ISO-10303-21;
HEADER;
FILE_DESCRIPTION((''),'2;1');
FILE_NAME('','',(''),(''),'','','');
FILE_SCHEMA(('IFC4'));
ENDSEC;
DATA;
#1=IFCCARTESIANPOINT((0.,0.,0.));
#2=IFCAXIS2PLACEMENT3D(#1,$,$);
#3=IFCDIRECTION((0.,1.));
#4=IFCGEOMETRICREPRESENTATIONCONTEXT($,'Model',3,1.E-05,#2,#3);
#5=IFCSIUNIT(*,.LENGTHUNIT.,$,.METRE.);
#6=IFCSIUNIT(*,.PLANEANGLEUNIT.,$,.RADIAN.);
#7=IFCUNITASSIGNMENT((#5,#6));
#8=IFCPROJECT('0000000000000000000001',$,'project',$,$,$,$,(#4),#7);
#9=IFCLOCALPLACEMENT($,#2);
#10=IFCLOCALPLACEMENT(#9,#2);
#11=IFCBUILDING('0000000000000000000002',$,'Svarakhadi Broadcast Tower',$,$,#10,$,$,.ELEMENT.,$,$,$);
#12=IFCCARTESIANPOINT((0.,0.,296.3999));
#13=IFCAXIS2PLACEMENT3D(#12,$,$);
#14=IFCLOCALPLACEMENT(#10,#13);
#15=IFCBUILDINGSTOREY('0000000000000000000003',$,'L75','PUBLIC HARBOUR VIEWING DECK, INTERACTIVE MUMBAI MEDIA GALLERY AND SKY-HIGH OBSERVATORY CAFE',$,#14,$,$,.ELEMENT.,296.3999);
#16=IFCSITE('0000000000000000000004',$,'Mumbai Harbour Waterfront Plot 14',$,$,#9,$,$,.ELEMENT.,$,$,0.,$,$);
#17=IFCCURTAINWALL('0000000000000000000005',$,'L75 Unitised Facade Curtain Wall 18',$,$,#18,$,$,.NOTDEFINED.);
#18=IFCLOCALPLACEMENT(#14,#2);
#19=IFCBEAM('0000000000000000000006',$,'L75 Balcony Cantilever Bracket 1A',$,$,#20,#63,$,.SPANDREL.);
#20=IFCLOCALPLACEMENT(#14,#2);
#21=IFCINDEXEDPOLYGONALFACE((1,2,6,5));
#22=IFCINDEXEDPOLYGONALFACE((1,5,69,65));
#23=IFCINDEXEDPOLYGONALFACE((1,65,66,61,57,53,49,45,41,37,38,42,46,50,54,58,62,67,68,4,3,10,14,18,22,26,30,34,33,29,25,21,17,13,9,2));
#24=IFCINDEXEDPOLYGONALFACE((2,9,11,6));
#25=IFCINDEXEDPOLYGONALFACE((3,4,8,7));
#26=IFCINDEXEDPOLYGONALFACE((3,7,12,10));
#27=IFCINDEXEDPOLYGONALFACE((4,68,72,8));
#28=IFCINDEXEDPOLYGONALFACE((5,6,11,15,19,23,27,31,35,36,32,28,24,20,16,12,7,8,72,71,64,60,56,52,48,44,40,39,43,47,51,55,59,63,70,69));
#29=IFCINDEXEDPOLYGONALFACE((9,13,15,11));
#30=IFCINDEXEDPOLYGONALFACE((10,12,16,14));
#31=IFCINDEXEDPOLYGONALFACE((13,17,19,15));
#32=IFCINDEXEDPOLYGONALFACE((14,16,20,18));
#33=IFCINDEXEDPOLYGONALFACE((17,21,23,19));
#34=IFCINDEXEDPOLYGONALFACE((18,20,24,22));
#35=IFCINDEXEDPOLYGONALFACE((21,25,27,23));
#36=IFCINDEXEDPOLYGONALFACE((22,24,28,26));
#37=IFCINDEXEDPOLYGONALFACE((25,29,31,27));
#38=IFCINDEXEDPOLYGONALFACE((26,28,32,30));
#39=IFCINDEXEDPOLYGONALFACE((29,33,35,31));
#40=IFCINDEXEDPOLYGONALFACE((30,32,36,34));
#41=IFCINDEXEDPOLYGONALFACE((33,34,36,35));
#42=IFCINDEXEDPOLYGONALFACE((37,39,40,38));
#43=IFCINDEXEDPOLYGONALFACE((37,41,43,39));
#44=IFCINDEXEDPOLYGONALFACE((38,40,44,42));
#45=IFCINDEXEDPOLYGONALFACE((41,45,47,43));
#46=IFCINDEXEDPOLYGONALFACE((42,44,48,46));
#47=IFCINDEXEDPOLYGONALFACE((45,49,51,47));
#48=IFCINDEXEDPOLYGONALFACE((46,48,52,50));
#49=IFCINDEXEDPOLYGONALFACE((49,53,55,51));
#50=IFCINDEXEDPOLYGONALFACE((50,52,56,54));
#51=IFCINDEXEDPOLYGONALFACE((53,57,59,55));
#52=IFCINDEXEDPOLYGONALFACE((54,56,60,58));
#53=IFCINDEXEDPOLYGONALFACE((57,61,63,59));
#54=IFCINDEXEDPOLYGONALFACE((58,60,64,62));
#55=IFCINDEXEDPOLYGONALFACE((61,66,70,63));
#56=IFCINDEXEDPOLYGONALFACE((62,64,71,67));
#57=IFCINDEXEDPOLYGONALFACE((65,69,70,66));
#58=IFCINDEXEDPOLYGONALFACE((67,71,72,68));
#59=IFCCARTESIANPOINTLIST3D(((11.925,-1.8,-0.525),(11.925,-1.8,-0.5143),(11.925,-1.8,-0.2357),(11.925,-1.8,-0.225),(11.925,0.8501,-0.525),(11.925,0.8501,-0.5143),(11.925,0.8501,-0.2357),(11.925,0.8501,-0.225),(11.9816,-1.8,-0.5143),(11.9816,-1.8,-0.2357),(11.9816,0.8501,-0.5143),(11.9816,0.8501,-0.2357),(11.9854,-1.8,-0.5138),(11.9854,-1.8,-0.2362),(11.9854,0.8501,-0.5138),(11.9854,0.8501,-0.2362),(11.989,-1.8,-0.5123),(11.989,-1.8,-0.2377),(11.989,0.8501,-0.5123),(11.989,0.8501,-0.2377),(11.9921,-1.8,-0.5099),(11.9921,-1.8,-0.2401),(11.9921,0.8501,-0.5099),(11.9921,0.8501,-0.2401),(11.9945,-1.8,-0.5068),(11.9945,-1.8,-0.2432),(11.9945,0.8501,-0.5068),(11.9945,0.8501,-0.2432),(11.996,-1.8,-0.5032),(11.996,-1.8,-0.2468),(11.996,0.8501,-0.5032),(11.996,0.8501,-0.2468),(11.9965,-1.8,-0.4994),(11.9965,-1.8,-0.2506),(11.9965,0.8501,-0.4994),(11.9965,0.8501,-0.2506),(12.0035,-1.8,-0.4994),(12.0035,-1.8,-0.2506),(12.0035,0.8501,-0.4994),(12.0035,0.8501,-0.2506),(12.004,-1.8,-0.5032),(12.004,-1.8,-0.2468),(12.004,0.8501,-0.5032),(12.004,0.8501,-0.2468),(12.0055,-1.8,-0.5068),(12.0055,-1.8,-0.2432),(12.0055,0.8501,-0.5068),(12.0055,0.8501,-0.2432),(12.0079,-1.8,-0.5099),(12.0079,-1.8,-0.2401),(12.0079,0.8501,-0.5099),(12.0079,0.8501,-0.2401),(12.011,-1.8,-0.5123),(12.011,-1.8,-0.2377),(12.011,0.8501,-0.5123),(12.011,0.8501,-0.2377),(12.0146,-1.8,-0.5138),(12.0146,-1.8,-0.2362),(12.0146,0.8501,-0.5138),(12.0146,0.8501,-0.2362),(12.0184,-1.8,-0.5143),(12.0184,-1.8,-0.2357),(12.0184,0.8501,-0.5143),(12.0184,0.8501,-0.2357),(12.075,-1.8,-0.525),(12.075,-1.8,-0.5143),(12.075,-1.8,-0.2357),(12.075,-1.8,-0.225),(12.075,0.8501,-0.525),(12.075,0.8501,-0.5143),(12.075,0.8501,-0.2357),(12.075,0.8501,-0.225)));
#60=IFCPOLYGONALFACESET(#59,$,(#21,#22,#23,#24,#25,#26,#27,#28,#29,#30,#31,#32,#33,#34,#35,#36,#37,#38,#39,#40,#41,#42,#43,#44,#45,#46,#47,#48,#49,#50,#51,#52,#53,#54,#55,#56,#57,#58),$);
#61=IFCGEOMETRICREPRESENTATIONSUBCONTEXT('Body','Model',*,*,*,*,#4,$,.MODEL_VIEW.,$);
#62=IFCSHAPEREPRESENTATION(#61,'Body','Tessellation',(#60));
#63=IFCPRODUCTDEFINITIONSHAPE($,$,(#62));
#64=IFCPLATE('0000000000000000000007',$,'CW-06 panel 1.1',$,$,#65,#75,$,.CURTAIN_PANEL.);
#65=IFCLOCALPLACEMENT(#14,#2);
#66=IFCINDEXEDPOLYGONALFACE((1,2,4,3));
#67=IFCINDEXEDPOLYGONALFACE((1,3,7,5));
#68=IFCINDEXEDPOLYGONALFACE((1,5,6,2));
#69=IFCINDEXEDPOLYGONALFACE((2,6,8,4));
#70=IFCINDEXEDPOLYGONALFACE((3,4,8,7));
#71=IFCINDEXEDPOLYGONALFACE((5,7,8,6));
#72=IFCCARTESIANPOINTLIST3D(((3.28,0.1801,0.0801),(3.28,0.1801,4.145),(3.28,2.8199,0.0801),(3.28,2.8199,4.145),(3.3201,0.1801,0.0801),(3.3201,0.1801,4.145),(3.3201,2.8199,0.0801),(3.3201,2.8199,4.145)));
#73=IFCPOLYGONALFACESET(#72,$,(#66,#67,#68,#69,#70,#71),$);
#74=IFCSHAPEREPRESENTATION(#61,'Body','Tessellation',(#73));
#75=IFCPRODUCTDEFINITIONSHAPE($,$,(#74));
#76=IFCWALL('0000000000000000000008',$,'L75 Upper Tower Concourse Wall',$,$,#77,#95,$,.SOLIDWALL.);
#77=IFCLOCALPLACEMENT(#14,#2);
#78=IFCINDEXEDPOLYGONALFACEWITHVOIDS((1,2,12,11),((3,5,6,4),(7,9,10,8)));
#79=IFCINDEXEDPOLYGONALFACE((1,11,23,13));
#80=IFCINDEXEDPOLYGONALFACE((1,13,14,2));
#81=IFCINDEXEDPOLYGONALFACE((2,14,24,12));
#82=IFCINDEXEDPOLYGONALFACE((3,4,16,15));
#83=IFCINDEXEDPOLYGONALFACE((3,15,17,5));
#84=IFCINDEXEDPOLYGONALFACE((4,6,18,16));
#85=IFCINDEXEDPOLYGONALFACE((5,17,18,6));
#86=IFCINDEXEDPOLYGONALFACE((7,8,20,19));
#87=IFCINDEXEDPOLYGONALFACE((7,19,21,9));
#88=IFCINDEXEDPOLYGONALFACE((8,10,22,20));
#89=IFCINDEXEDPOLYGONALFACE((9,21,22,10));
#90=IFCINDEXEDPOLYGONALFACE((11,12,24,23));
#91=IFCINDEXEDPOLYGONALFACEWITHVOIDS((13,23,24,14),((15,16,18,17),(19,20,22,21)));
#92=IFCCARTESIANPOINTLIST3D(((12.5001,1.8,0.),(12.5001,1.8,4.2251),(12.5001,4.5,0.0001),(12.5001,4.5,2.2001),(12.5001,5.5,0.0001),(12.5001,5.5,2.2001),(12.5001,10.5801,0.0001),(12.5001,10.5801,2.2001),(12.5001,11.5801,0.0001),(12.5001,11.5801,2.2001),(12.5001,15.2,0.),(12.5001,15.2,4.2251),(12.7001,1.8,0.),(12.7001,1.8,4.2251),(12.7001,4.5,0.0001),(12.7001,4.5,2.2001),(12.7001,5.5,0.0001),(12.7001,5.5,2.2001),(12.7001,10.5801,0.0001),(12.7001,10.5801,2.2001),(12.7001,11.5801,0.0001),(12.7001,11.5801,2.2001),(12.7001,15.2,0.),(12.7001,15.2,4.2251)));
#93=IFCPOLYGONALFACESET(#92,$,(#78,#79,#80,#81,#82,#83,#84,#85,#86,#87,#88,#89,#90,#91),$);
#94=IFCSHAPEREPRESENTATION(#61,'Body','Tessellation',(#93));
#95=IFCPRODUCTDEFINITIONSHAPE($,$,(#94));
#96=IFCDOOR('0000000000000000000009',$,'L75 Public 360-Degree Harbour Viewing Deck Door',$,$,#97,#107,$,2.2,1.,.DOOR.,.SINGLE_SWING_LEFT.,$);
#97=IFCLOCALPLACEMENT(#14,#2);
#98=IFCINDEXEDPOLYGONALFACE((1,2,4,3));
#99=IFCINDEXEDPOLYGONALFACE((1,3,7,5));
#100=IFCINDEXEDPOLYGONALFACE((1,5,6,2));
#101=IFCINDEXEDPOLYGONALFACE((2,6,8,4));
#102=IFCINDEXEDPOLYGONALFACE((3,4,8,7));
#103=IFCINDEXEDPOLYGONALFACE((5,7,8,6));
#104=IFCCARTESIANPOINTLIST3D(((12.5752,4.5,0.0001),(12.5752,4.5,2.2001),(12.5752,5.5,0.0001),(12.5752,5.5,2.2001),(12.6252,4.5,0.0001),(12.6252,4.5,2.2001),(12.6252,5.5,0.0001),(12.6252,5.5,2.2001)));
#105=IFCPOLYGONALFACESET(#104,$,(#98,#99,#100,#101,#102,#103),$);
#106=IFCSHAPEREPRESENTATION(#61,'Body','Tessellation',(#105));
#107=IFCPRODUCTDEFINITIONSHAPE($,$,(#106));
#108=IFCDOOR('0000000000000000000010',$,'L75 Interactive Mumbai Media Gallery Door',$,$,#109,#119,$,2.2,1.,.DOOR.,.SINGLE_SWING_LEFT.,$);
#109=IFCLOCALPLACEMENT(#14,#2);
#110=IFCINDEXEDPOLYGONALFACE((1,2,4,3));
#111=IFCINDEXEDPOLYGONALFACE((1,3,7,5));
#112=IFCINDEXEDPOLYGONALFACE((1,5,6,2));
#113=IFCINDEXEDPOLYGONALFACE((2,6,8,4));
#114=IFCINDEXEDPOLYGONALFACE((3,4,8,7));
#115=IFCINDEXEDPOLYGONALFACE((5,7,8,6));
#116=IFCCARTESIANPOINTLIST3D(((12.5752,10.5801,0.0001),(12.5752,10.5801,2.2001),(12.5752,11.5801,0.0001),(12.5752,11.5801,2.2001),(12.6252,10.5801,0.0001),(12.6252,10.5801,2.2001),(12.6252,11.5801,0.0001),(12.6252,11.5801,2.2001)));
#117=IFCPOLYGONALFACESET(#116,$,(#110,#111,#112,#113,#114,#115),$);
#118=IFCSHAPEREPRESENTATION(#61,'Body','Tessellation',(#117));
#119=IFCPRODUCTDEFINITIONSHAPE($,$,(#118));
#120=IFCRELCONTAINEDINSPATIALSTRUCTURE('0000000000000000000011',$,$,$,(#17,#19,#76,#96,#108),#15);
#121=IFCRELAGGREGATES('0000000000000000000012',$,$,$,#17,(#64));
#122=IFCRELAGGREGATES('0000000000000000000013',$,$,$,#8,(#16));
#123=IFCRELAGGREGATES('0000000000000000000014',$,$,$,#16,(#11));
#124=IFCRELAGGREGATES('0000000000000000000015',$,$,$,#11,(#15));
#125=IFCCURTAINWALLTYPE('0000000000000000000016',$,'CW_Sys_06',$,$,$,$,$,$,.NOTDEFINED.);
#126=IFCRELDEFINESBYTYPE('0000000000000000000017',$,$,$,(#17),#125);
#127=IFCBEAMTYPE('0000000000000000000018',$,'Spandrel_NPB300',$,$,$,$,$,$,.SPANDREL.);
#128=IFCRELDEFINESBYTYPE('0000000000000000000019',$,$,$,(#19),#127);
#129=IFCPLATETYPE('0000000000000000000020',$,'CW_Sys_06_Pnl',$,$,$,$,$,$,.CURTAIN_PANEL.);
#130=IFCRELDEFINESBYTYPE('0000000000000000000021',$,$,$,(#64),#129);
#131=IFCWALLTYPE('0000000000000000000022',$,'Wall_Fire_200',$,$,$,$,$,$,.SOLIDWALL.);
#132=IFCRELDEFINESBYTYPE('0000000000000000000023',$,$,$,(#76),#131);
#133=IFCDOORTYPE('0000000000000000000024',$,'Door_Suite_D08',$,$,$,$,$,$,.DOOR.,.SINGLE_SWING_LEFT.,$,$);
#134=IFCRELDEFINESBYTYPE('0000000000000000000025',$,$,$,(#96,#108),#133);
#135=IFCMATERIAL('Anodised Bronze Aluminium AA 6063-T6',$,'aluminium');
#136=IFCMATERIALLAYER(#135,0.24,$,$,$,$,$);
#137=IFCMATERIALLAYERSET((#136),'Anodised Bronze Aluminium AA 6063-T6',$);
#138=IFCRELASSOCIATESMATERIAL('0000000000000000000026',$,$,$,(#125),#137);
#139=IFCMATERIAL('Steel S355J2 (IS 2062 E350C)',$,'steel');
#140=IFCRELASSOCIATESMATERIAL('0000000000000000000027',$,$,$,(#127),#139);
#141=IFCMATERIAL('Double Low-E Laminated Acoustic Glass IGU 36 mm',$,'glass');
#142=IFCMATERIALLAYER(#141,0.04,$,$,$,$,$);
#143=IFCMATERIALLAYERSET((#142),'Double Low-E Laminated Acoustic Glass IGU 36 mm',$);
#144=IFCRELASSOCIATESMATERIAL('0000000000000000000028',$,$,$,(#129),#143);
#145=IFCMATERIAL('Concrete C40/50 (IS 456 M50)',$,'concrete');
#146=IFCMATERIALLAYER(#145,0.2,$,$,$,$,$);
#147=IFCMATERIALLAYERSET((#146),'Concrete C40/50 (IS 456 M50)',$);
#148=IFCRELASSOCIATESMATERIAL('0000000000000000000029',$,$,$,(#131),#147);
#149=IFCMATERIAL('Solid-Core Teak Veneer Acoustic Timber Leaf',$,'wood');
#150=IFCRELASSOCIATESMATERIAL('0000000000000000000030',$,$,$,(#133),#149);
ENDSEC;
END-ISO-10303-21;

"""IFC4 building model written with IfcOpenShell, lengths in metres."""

from ifc_helpers import new_model, si_unit, direction, frame, frame_2d, origin, origin_2d, place, context, subcontext, project, spatial, rectangle, i_section, extrude, material, layer, layer_set, material_profile, profile_set, type_object, element, fill, aggregate, save


model = new_model("IFC4")

# Units and contexts
model_context = context("Model", 3, precision=1e-05, world=origin(), true_north=direction((0.0, 1.0)))
body_context = subcontext(model_context, "Body", "Model", "MODEL_VIEW")
ifc_project = project(units=[si_unit("LENGTHUNIT", "METRE"), si_unit("PLANEANGLEUNIT", "RADIAN")], contexts=[model_context])

# Site, building, storey
site_placement = place(None, origin())
site = spatial("IfcSite", under=ifc_project, at=site_placement, Name="Mumbai Harbour Waterfront Plot 14", CompositionType="ELEMENT", RefElevation=0.0)
building_placement = place(site_placement, origin())
building = spatial("IfcBuilding", under=site, at=building_placement, Name="Svarakhadi Broadcast Tower", CompositionType="ELEMENT")
storey_placement = place(building_placement, frame((0.0, 0.0, 296.3999)))
storey = spatial("IfcBuildingStorey", under=building, at=storey_placement, Name="L75", Description="PUBLIC HARBOUR VIEWING DECK, INTERACTIVE MUMBAI MEDIA GALLERY AND SKY-HIGH OBSERVATORY CAFE", CompositionType="ELEMENT", Elevation=296.3999)

# Shared definitions
ifc_material_1 = material(Name="Steel S355J2 (IS 2062 E350C)", Category="steel")

# Curtain wall
ifc_material_2 = material(Name="Anodised Bronze Aluminium AA 6063-T6", Category="aluminium")
ifc_layer_1 = layer(ifc_material_2, 0.24)
ifc_layer_set_1 = layer_set([ifc_layer_1], Name="Anodised Bronze Aluminium AA 6063-T6")
curtain_wall_type = type_object("IfcCurtainWallType", Name="CW_Sys_06", PredefinedType="NOTDEFINED", material=ifc_layer_set_1)
curtain_wall_1_placement = place(storey_placement, origin())
curtain_wall_1 = element("IfcCurtainWall", 1, at=curtain_wall_1_placement, inside=storey, type_object=curtain_wall_type, Name="L75 Unitised Facade Curtain Wall 18", PredefinedType="NOTDEFINED")

# Beam
ifc_material_profile_1 = material_profile(ifc_material_1, i_section(OverallWidth=0.1499, OverallDepth=0.3, WebThickness=0.0071, FlangeThickness=0.0107, FilletRadius=0.0149, at=origin_2d()), Name="NPB 300x150x37")
ifc_profile_set_1 = profile_set([ifc_material_profile_1], Name="Steel S355J2 (IS 2062 E350C)")
beam_type_1 = type_object("IfcBeamType", Name="Spandrel_NPB300", PredefinedType="SPANDREL", material=ifc_profile_set_1)
beam_1_placement = place(storey_placement, frame((12.0, 0.8501, -0.375), z_axis=(0.0, -1.0, 0.0), x_axis=(1.0, 0.0, 0.0)))
element("IfcBeam", 2, at=beam_1_placement, inside=storey, type_object=beam_type_1, Name="L75 Balcony Cantilever Bracket 1A", PredefinedType="SPANDREL", context=body_context, shape_type="SweptSolid", body=[
    extrude(i_section(OverallWidth=0.1499, OverallDepth=0.3, WebThickness=0.0071, FlangeThickness=0.0107, FilletRadius=0.0149, at=origin_2d()), origin(), (0.0, 0.0, 1.0), 2.6501),
])

# Plate
ifc_material_3 = material(Name="Double Low-E Laminated Acoustic Glass IGU 36 mm", Category="glass")
ifc_layer_2 = layer(ifc_material_3, 0.04)
ifc_layer_set_2 = layer_set([ifc_layer_2], Name="Double Low-E Laminated Acoustic Glass IGU 36 mm")
plate_type = type_object("IfcPlateType", Name="CW_Sys_06_Pnl", PredefinedType="CURTAIN_PANEL", material=ifc_layer_set_2)
plate_placement = place(storey_placement, frame((3.3, 1.5, 0.0801), z_axis=(0.0, 0.0, 1.0), x_axis=(0.0, 1.0, 0.0)))
plate = element("IfcPlate", 3, at=plate_placement, type_object=plate_type, Name="CW-06 panel 1.1", PredefinedType="CURTAIN_PANEL", context=body_context, shape_type="SweptSolid", body=[
    extrude(rectangle(XDim=2.6399, YDim=0.04, at=origin_2d()), origin(), (0.0, 0.0, 1.0), 4.0649),
])
aggregate(curtain_wall_1, [plate])

# Wall, openings, doors
ifc_material_4 = material(Name="Concrete C40/50 (IS 456 M50)", Category="concrete")
ifc_layer_3 = layer(ifc_material_4, 0.2)
ifc_layer_set_3 = layer_set([ifc_layer_3], Name="Concrete C40/50 (IS 456 M50)")
wall_type = type_object("IfcWallType", Name="Wall_Fire_200", PredefinedType="SOLIDWALL", material=ifc_layer_set_3)
wall_placement = place(storey_placement, frame((12.6001, 1.8, 0.0), z_axis=(0.0, 0.0, 1.0), x_axis=(0.0, 1.0, 0.0)))
wall = element("IfcWall", 4, at=wall_placement, inside=storey, type_object=wall_type, Name="L75 Upper Tower Concourse Wall", PredefinedType="SOLIDWALL", context=body_context, shape_type="SweptSolid", body=[
    extrude(rectangle(XDim=13.3999, YDim=0.2, at=frame_2d((6.7, 0.0))), origin(), (0.0, 0.0, 1.0), 4.2251),
])
opening_1_placement = place(wall_placement, frame((2.7, 0.0, 0.0)))
opening_1 = element("IfcOpeningElement", 5, at=opening_1_placement, cuts=wall, PredefinedType="OPENING", context=body_context, shape_type="SweptSolid", body=[
    extrude(rectangle(XDim=1.0, YDim=2.2, at=frame_2d((0.5, 1.1001))), frame((0.0, 0.1099, 0.0), z_axis=(0.0, -1.0, 0.0), x_axis=(1.0, 0.0, 0.0)), (0.0, 0.0, 1.0), 0.22),
])
opening_2_placement = place(wall_placement, frame((8.78, 0.0, 0.0)))
opening_2 = element("IfcOpeningElement", 6, at=opening_2_placement, cuts=wall, PredefinedType="OPENING", context=body_context, shape_type="SweptSolid", body=[
    extrude(rectangle(XDim=1.0, YDim=2.2, at=frame_2d((0.5, 1.1001))), frame((0.0, 0.1099, 0.0), z_axis=(0.0, -1.0, 0.0), x_axis=(1.0, 0.0, 0.0)), (0.0, 0.0, 1.0), 0.22),
])
ifc_material_5 = material(Name="Solid-Core Teak Veneer Acoustic Timber Leaf", Category="wood")
door_type = type_object("IfcDoorType", Name="Door_Suite_D08", OperationType="SINGLE_SWING_LEFT", PredefinedType="DOOR", material=ifc_material_5)
door_1_placement = place(opening_1_placement, origin())
door_1 = element("IfcDoor", 7, at=door_1_placement, inside=storey, type_object=door_type, Name="L75 Public 360-Degree Harbour Viewing Deck Door", OperationType="SINGLE_SWING_LEFT", OverallHeight=2.2, OverallWidth=1.0, PredefinedType="DOOR", context=body_context, shape_type="SweptSolid", body=[
    extrude(rectangle(XDim=1.0, YDim=2.2, at=frame_2d((0.5, 1.1001))), frame((0.0, 0.0249, 0.0), z_axis=(0.0, -1.0, 0.0), x_axis=(1.0, 0.0, 0.0)), (0.0, 0.0, 1.0), 0.05),
])
fill(opening_1, door_1)
door_2_placement = place(opening_2_placement, origin())
door_2 = element("IfcDoor", 8, at=door_2_placement, inside=storey, type_object=door_type, Name="L75 Interactive Mumbai Media Gallery Door", OperationType="SINGLE_SWING_LEFT", OverallHeight=2.2, OverallWidth=1.0, PredefinedType="DOOR", context=body_context, shape_type="SweptSolid", body=[
    extrude(rectangle(XDim=1.0, YDim=2.2, at=frame_2d((0.5, 1.1001))), frame((0.0, 0.0249, 0.0), z_axis=(0.0, -1.0, 0.0), x_axis=(1.0, 0.0, 0.0)), (0.0, 0.0, 1.0), 0.05),
])
fill(opening_2, door_2)

save(model, "model.ifc")
